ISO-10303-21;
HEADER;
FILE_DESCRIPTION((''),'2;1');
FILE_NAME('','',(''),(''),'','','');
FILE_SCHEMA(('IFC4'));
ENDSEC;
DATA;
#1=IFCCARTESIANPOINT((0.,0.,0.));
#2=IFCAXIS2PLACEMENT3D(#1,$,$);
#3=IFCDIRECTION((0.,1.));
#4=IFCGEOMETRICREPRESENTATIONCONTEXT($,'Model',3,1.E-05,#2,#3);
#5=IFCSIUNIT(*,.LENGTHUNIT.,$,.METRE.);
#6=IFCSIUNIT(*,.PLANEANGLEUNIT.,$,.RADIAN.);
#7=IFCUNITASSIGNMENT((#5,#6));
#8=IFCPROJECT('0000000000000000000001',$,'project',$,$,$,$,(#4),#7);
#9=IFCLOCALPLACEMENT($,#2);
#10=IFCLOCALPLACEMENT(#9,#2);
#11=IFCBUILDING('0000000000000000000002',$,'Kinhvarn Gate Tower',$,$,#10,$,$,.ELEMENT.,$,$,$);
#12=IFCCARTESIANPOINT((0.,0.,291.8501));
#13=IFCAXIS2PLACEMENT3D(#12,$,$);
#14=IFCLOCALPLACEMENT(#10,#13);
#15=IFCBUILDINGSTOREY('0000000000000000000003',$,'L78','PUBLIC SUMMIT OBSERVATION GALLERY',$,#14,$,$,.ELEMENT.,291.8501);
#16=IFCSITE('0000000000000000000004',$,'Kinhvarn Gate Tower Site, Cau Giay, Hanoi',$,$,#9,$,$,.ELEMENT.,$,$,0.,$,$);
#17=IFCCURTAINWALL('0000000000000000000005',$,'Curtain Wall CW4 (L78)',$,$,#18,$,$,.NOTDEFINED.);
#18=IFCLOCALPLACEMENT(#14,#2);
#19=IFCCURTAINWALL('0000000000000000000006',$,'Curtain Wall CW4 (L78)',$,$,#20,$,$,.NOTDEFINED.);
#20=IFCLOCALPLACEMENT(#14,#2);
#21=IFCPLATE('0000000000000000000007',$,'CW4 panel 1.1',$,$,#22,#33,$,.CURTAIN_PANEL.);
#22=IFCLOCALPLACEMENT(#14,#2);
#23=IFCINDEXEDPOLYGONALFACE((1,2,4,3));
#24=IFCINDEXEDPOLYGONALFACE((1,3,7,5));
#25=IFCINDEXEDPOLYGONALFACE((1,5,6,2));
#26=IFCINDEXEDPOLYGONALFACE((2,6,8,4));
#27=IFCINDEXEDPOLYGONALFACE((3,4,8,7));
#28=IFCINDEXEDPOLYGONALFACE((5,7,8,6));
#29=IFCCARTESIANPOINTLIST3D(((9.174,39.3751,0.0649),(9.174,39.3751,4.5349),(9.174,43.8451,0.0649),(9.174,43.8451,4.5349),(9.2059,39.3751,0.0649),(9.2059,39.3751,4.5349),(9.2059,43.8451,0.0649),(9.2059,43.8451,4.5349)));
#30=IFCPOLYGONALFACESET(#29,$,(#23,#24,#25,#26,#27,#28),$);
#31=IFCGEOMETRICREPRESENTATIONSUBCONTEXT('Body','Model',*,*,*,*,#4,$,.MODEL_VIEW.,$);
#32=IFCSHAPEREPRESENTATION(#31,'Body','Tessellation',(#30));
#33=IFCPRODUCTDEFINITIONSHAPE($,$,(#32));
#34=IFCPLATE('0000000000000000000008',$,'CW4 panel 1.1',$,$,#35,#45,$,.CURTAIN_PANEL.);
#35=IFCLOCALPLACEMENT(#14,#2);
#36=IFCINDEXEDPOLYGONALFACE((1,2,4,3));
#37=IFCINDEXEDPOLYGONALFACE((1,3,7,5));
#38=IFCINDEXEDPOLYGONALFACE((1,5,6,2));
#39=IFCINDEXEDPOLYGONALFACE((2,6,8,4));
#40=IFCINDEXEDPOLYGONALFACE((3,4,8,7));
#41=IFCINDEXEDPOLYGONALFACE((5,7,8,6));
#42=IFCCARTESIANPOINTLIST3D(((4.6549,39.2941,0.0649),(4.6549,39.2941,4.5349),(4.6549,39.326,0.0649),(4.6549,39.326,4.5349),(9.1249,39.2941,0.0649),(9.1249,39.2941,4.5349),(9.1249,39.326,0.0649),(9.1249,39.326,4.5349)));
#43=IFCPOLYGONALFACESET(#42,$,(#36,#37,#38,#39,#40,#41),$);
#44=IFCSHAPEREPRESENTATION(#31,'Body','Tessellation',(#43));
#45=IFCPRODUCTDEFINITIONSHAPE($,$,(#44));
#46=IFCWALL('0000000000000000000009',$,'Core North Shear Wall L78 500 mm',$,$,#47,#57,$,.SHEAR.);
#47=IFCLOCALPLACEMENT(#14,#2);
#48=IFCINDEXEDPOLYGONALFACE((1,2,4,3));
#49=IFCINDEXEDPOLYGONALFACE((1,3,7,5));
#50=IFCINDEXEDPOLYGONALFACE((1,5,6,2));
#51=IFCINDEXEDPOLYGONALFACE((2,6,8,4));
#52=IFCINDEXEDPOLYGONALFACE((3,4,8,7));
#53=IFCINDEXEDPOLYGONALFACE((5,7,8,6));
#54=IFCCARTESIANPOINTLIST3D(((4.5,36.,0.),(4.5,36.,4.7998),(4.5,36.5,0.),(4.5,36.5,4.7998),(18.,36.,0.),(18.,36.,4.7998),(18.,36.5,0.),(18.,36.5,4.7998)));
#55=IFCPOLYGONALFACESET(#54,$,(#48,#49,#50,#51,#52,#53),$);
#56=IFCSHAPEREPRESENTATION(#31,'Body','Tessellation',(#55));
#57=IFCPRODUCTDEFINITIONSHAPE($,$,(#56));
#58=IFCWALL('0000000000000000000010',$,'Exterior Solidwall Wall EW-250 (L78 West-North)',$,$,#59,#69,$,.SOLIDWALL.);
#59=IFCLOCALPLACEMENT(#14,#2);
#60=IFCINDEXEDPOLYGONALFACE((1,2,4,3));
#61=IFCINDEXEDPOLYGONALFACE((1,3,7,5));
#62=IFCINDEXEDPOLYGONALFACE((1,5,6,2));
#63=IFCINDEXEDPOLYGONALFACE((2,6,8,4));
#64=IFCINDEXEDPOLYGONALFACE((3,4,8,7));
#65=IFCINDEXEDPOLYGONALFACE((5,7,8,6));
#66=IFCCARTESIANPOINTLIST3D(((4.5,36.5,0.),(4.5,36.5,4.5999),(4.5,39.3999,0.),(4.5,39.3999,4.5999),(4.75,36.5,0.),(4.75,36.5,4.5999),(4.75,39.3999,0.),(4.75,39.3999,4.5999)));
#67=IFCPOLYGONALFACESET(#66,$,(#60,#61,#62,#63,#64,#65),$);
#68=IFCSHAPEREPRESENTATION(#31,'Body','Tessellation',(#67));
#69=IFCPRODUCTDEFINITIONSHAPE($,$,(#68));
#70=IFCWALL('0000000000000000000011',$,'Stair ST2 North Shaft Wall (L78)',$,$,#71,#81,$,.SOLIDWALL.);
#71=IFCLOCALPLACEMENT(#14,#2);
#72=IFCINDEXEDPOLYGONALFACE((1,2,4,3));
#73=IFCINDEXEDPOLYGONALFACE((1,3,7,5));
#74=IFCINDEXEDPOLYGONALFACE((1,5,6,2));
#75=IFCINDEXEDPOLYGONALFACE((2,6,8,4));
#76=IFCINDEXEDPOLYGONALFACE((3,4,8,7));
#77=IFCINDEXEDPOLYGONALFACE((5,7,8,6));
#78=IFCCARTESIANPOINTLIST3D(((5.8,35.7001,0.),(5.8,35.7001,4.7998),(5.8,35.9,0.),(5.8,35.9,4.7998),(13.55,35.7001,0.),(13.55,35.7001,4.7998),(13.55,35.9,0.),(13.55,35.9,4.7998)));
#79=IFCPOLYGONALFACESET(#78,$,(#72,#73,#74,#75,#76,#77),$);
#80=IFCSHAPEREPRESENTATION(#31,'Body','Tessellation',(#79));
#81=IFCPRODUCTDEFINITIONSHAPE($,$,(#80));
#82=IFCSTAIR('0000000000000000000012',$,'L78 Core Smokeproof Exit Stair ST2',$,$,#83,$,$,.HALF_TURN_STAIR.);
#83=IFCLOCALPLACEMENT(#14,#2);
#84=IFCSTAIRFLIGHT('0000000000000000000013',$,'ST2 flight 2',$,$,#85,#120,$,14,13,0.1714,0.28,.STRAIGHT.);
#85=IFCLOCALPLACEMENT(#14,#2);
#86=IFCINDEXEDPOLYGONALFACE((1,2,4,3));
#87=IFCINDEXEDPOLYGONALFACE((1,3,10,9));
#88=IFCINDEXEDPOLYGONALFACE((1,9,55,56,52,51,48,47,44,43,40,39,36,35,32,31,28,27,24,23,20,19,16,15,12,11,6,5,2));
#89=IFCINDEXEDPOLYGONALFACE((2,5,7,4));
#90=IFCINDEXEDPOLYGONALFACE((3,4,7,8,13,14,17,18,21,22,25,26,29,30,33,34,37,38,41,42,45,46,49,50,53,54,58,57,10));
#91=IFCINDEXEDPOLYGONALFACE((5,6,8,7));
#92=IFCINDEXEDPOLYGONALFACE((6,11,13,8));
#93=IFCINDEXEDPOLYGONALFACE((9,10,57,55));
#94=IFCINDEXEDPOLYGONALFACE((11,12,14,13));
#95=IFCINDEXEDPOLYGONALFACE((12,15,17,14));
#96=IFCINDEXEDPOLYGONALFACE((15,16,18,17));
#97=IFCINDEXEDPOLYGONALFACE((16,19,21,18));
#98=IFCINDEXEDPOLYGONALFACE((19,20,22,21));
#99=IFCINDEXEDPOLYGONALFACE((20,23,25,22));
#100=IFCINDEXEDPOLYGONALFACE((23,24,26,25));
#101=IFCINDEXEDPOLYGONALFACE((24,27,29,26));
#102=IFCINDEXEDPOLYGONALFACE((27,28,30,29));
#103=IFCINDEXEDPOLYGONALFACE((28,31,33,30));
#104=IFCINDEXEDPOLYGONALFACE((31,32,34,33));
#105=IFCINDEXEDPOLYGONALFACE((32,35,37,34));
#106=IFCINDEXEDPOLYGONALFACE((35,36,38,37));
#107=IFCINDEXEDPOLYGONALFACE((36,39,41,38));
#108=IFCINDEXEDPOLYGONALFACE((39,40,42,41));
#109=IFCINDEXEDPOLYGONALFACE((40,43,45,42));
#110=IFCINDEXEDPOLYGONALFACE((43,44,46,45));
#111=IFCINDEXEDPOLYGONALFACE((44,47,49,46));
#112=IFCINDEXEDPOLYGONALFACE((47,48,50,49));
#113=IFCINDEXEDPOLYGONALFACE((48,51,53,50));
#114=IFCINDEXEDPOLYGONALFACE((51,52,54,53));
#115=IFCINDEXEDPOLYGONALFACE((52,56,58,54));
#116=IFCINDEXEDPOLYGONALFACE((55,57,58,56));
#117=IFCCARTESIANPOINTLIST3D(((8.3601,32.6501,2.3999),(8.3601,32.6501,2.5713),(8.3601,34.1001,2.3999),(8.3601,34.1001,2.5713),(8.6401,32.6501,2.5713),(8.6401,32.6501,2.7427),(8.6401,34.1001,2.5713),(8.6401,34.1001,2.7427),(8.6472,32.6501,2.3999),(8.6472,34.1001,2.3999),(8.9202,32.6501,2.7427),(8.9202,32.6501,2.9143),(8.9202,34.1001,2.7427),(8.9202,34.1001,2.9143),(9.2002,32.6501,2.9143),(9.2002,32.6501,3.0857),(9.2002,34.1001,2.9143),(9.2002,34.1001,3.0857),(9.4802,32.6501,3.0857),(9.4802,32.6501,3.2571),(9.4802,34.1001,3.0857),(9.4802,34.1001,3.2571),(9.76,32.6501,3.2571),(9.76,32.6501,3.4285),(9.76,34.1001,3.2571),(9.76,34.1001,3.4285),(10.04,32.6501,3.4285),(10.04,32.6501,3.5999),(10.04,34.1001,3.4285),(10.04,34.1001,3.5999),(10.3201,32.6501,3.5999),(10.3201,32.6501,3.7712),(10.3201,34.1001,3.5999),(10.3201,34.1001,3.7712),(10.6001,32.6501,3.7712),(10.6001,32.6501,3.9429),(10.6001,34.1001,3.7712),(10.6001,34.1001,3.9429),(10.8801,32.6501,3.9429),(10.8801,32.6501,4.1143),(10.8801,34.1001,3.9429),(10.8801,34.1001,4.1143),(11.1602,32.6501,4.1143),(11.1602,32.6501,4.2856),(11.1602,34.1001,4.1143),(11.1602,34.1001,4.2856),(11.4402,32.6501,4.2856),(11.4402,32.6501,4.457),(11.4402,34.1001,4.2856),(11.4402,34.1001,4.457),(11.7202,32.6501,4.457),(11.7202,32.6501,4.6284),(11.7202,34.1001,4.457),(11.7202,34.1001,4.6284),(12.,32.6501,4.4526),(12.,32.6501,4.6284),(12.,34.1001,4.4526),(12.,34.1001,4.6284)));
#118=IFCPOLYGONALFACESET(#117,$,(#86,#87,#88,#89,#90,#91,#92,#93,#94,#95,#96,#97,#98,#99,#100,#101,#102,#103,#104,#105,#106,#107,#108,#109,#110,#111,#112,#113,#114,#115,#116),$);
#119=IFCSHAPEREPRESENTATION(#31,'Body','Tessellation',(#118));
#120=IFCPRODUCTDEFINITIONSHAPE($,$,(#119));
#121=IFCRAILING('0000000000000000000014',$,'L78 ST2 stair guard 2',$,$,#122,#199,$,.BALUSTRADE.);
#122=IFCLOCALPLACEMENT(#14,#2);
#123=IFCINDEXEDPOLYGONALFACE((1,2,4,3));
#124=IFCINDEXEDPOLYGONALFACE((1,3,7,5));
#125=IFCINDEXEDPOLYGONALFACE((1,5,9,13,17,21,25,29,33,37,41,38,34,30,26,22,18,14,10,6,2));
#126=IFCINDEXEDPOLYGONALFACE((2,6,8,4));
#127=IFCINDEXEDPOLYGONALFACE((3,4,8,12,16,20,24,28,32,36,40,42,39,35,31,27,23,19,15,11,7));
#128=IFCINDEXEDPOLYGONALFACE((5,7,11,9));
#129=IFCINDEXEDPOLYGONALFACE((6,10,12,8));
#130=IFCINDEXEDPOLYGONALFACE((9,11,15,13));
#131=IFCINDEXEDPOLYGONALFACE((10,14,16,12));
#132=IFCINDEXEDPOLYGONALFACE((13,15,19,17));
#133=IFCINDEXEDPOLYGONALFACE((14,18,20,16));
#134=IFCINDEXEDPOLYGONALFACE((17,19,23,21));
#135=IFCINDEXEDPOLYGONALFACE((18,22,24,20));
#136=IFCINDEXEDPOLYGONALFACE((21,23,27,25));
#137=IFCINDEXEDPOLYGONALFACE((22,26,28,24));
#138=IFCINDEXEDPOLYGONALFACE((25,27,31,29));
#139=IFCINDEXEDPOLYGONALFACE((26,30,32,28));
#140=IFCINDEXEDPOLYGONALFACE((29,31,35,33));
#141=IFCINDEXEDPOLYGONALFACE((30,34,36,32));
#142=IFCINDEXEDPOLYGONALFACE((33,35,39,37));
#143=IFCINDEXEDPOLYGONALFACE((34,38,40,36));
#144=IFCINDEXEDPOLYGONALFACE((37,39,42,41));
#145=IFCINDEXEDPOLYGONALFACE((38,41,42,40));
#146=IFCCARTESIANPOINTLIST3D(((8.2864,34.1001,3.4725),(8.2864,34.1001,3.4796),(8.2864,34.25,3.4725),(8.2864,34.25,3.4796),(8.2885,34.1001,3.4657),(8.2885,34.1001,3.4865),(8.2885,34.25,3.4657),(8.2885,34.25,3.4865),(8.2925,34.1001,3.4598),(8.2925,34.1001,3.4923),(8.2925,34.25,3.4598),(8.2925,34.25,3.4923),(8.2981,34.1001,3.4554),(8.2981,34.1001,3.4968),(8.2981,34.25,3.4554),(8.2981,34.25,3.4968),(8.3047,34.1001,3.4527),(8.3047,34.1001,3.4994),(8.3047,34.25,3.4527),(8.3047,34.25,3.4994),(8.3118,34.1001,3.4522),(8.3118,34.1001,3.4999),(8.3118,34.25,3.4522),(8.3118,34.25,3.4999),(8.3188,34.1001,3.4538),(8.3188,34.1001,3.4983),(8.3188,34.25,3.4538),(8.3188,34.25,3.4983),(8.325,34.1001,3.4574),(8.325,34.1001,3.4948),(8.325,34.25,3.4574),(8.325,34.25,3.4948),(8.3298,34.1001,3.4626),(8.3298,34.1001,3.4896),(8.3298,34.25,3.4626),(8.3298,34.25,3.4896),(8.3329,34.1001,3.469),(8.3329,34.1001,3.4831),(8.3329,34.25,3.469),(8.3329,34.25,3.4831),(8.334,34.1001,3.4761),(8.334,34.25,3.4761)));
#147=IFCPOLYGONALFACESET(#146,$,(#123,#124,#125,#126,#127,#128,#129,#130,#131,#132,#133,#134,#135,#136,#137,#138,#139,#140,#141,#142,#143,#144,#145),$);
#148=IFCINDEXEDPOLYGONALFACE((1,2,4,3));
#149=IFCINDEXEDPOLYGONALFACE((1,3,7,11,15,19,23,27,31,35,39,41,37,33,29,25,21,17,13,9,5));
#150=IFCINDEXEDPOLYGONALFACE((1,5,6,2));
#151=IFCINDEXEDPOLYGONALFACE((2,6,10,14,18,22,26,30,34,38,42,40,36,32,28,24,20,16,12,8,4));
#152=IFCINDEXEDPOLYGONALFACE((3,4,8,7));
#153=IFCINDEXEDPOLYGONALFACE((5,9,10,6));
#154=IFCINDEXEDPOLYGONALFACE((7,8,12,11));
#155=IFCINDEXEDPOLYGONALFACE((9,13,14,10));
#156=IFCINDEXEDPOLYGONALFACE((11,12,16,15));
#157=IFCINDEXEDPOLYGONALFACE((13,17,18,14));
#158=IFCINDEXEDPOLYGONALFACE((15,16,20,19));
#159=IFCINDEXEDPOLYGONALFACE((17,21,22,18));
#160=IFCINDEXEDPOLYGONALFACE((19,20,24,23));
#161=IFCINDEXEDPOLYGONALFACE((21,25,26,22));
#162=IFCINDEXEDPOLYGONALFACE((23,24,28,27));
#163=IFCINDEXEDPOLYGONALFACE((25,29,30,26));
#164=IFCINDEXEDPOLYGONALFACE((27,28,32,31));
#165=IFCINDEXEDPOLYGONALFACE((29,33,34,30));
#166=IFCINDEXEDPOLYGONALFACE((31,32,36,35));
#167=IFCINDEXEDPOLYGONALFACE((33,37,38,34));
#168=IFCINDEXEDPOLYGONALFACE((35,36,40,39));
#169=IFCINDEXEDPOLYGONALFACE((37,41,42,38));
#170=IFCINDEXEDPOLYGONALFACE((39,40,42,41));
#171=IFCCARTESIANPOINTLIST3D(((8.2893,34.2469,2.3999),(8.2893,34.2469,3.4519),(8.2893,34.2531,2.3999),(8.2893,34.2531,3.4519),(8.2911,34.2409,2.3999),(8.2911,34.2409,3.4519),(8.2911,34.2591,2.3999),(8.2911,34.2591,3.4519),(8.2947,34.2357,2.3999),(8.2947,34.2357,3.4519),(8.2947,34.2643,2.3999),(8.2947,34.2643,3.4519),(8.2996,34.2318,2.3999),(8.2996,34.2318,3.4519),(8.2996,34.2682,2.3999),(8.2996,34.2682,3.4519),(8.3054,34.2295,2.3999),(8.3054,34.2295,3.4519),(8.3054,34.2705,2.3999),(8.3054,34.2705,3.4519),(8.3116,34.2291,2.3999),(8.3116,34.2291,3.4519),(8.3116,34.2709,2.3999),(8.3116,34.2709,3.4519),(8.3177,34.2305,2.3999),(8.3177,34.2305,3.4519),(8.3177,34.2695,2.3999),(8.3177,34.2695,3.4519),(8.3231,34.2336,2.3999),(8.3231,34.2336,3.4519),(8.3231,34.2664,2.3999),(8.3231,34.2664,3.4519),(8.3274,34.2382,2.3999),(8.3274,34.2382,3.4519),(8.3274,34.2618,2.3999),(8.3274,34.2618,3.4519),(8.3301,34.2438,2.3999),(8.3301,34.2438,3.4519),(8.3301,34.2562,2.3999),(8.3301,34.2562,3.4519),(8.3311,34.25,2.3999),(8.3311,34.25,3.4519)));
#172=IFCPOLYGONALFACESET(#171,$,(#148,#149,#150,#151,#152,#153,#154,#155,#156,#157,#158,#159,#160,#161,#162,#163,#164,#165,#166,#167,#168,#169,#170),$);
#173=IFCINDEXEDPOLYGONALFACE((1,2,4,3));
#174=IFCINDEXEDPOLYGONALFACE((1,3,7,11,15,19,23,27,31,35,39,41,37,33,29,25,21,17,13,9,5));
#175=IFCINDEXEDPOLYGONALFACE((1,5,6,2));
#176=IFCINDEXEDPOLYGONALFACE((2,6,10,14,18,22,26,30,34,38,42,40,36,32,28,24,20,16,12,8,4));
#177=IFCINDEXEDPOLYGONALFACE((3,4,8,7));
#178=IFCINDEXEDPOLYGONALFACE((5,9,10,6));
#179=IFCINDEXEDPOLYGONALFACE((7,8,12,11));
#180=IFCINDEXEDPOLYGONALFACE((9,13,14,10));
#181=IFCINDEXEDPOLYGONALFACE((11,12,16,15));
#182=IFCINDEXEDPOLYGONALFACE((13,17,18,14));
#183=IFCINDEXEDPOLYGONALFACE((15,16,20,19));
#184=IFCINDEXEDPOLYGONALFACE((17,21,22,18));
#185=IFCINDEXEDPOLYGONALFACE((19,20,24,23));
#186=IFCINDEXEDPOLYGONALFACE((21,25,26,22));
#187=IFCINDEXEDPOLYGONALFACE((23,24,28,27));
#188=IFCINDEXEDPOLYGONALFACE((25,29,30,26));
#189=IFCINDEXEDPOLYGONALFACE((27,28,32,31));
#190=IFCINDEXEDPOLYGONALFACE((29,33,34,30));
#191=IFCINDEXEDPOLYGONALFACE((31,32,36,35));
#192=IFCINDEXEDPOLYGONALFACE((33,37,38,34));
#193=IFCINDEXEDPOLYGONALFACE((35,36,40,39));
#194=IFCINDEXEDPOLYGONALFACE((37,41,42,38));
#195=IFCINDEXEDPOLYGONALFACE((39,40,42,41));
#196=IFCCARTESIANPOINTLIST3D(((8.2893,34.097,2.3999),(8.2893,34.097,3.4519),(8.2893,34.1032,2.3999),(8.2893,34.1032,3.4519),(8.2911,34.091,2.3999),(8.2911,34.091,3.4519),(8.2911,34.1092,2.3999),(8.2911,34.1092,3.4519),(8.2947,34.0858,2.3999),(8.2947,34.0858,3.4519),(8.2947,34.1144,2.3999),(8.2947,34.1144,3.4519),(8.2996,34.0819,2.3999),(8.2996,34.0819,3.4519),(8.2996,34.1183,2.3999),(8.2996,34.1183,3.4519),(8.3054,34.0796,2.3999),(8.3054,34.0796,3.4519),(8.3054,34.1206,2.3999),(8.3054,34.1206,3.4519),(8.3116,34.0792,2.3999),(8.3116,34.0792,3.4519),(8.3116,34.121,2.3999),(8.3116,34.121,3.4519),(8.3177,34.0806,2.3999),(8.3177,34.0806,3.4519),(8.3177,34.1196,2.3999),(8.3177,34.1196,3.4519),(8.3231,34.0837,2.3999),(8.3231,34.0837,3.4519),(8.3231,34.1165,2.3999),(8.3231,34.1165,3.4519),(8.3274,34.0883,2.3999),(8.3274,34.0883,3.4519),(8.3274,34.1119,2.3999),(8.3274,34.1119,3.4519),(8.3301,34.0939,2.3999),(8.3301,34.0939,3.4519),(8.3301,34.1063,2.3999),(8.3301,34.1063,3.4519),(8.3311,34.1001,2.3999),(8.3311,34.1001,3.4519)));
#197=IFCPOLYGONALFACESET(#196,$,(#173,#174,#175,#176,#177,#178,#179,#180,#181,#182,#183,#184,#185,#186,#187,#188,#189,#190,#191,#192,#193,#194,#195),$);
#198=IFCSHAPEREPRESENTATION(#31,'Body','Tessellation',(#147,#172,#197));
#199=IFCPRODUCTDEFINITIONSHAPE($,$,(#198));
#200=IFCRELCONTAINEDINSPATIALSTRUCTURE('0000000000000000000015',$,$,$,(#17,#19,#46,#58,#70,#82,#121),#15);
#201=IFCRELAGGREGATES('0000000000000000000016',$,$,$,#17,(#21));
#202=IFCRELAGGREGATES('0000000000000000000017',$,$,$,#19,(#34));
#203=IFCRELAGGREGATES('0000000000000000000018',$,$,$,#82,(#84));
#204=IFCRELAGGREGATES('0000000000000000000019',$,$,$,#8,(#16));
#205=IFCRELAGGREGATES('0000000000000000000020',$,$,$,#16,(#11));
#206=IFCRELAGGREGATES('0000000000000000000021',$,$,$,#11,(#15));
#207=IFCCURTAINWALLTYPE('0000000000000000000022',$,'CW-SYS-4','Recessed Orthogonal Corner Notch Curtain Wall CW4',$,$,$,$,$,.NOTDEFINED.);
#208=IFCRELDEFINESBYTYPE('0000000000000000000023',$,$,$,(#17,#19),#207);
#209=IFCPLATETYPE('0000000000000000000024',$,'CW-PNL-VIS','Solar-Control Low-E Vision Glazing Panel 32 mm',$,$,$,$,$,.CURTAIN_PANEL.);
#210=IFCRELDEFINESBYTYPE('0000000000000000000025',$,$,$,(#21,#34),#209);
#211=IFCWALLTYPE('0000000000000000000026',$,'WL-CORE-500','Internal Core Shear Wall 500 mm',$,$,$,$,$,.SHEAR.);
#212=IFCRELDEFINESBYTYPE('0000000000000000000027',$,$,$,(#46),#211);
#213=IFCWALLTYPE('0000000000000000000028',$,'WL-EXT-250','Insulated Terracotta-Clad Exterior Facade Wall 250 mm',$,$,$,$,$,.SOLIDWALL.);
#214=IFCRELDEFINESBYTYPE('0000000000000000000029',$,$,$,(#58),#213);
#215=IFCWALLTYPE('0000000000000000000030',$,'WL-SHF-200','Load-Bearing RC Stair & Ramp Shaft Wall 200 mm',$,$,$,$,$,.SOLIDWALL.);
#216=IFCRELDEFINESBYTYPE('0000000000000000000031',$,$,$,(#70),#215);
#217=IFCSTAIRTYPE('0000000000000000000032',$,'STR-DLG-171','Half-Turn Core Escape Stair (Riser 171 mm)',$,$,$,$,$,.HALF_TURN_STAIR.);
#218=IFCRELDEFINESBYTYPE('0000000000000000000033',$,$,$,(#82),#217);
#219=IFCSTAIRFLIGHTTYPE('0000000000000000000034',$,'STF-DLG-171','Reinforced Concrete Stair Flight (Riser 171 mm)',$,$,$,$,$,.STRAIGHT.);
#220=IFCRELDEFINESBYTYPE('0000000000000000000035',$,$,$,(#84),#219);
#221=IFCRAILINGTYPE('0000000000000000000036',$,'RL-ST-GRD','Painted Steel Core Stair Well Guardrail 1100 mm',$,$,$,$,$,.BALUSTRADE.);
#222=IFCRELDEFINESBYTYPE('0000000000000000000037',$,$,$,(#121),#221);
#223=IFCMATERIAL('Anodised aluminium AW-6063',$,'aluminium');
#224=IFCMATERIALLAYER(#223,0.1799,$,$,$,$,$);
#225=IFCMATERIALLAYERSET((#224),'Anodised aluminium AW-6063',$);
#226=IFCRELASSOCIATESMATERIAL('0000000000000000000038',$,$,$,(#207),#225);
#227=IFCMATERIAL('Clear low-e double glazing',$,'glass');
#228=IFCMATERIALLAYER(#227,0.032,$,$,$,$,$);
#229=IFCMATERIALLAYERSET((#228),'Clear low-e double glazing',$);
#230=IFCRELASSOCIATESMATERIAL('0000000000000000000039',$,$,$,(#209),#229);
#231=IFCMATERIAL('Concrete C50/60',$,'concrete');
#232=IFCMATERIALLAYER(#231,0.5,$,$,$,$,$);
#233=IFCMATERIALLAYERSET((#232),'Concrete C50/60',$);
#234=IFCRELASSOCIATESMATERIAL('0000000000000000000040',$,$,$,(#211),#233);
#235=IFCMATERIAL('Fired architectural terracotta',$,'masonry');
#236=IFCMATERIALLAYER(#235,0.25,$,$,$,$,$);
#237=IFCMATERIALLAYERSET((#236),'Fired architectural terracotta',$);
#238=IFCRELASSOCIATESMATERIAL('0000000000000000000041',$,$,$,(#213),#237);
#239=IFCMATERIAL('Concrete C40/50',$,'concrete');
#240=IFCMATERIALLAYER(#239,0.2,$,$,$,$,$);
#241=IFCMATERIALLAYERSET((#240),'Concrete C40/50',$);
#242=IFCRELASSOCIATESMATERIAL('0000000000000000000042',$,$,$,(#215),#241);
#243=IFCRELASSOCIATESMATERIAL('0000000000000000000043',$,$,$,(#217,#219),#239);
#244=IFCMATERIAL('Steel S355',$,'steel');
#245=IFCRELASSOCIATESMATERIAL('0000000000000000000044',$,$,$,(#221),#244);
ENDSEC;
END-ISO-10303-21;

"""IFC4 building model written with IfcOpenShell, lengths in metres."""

from ifc_helpers import new_model, si_unit, direction, frame, frame_2d, origin, origin_2d, place, context, subcontext, project, spatial, polyline, rectangle, circle, outline, extrude, material, layer, layer_set, type_object, element, aggregate, save


model = new_model("IFC4")

# Units and contexts
model_context = context("Model", 3, precision=1e-05, world=origin(), true_north=direction((0.0, 1.0)))
body_context = subcontext(model_context, "Body", "Model", "MODEL_VIEW")
ifc_project = project(units=[si_unit("LENGTHUNIT", "METRE"), si_unit("PLANEANGLEUNIT", "RADIAN")], contexts=[model_context])

# Site, building, storey
site_placement = place(None, origin())
site = spatial("IfcSite", under=ifc_project, at=site_placement, Name="Kinhvarn Gate Tower Site, Cau Giay, Hanoi", CompositionType="ELEMENT", RefElevation=0.0)
building_placement = place(site_placement, origin())
building = spatial("IfcBuilding", under=site, at=building_placement, Name="Kinhvarn Gate Tower", CompositionType="ELEMENT")
storey_placement = place(building_placement, frame((0.0, 0.0, 291.8501)))
storey = spatial("IfcBuildingStorey", under=building, at=storey_placement, Name="L78", Description="PUBLIC SUMMIT OBSERVATION GALLERY", CompositionType="ELEMENT", Elevation=291.8501)

# Shared definitions
ifc_material_1 = material(Name="Concrete C50/60", Category="concrete")

# Curtain walls
ifc_material_2 = material(Name="Anodised aluminium AW-6063", Category="aluminium")
ifc_layer_1 = layer(ifc_material_2, 0.1799)
ifc_layer_set_1 = layer_set([ifc_layer_1], Name="Anodised aluminium AW-6063")
curtain_wall_type_1 = type_object("IfcCurtainWallType", Name="CW-SYS-4", Description="Recessed Orthogonal Corner Notch Curtain Wall CW4", PredefinedType="NOTDEFINED", material=ifc_layer_set_1)
curtain_wall_1_placement = place(storey_placement, origin())
curtain_wall_1 = element("IfcCurtainWall", 1, at=curtain_wall_1_placement, inside=storey, type_object=curtain_wall_type_1, Name="Curtain Wall CW4 (L78)", PredefinedType="NOTDEFINED")
curtain_wall_2_placement = place(storey_placement, origin())
curtain_wall_2 = element("IfcCurtainWall", 2, at=curtain_wall_2_placement, inside=storey, type_object=curtain_wall_type_1, Name="Curtain Wall CW4 (L78)", PredefinedType="NOTDEFINED")

# Shared definitions
ifc_material_3 = material(Name="Steel S355", Category="steel")

# Plates
ifc_material_4 = material(Name="Clear low-e double glazing", Category="glass")
ifc_layer_2 = layer(ifc_material_4, 0.032)
ifc_layer_set_2 = layer_set([ifc_layer_2], Name="Clear low-e double glazing")
plate_type = type_object("IfcPlateType", Name="CW-PNL-VIS", Description="Solar-Control Low-E Vision Glazing Panel 32 mm", PredefinedType="CURTAIN_PANEL", material=ifc_layer_set_2)
plate_1_placement = place(storey_placement, frame((9.1899, 41.6101, 0.0649), z_axis=(0.0, 0.0, 1.0), x_axis=(0.0, -1.0, 0.0)))
plate_1 = element("IfcPlate", 3, at=plate_1_placement, type_object=plate_type, Name="CW4 panel 1.1", PredefinedType="CURTAIN_PANEL", context=body_context, shape_type="SweptSolid", body=[
    extrude(rectangle(XDim=4.47, YDim=0.032, at=origin_2d()), origin(), (0.0, 0.0, 1.0), 4.47),
])
aggregate(curtain_wall_1, [plate_1])
plate_2_placement = place(storey_placement, frame((6.8899, 39.3101, 0.0649), z_axis=(0.0, 0.0, 1.0), x_axis=(-1.0, 0.0, 0.0)))
plate_2 = element("IfcPlate", 4, at=plate_2_placement, type_object=plate_type, Name="CW4 panel 1.1", PredefinedType="CURTAIN_PANEL", context=body_context, shape_type="SweptSolid", body=[
    extrude(rectangle(XDim=4.47, YDim=0.032, at=origin_2d()), origin(), (0.0, 0.0, 1.0), 4.47),
])
aggregate(curtain_wall_2, [plate_2])

# Walls
ifc_layer_3 = layer(ifc_material_1, 0.5)
ifc_layer_set_3 = layer_set([ifc_layer_3], Name="Concrete C50/60")
wall_type_1 = type_object("IfcWallType", Name="WL-CORE-500", Description="Internal Core Shear Wall 500 mm", PredefinedType="SHEAR", material=ifc_layer_set_3)
wall_1_placement = place(storey_placement, frame((4.5, 36.25, 0.0), z_axis=(0.0, 0.0, 1.0), x_axis=(1.0, 0.0, 0.0)))
element("IfcWall", 5, at=wall_1_placement, inside=storey, type_object=wall_type_1, Name="Core North Shear Wall L78 500 mm", PredefinedType="SHEAR", context=body_context, shape_type="SweptSolid", body=[
    extrude(rectangle(XDim=13.5, YDim=0.5, at=frame_2d((6.75, 0.0))), origin(), (0.0, 0.0, 1.0), 4.7998),
])
ifc_material_5 = material(Name="Fired architectural terracotta", Category="masonry")
ifc_layer_4 = layer(ifc_material_5, 0.25)
ifc_layer_set_4 = layer_set([ifc_layer_4], Name="Fired architectural terracotta")
wall_type_2 = type_object("IfcWallType", Name="WL-EXT-250", Description="Insulated Terracotta-Clad Exterior Facade Wall 250 mm", PredefinedType="SOLIDWALL", material=ifc_layer_set_4)
wall_2_placement = place(storey_placement, frame((4.625, 39.3999, 0.0), z_axis=(0.0, 0.0, 1.0), x_axis=(0.0, -1.0, 0.0)))
element("IfcWall", 6, at=wall_2_placement, inside=storey, type_object=wall_type_2, Name="Exterior Solidwall Wall EW-250 (L78 West-North)", PredefinedType="SOLIDWALL", context=body_context, shape_type="SweptSolid", body=[
    extrude(rectangle(XDim=2.8999, YDim=0.25, at=frame_2d((1.45, 0.0))), origin(), (0.0, 0.0, 1.0), 4.5999),
])
ifc_material_6 = material(Name="Concrete C40/50", Category="concrete")
ifc_layer_5 = layer(ifc_material_6, 0.2)
ifc_layer_set_5 = layer_set([ifc_layer_5], Name="Concrete C40/50")
wall_type_3 = type_object("IfcWallType", Name="WL-SHF-200", Description="Load-Bearing RC Stair & Ramp Shaft Wall 200 mm", PredefinedType="SOLIDWALL", material=ifc_layer_set_5)
wall_3_placement = place(storey_placement, frame((5.8, 35.8, 0.0), z_axis=(0.0, 0.0, 1.0), x_axis=(1.0, 0.0, 0.0)))
element("IfcWall", 7, at=wall_3_placement, inside=storey, type_object=wall_type_3, Name="Stair ST2 North Shaft Wall (L78)", PredefinedType="SOLIDWALL", context=body_context, shape_type="SweptSolid", body=[
    extrude(rectangle(XDim=7.75, YDim=0.2, at=frame_2d((3.875, 0.0))), origin(), (0.0, 0.0, 1.0), 4.7998),
])

# Stair, stair flight
stair_type = type_object("IfcStairType", Name="STR-DLG-171", Description="Half-Turn Core Escape Stair (Riser 171 mm)", PredefinedType="HALF_TURN_STAIR", material=ifc_material_6)
stair_placement = place(storey_placement, origin())
stair = element("IfcStair", 8, at=stair_placement, inside=storey, type_object=stair_type, Name="L78 Core Smokeproof Exit Stair ST2", PredefinedType="HALF_TURN_STAIR")
stair_flight_type = type_object("IfcStairFlightType", Name="STF-DLG-171", Description="Reinforced Concrete Stair Flight (Riser 171 mm)", PredefinedType="STRAIGHT", material=ifc_material_6)
stair_flight_placement = place(storey_placement, frame((8.3601, 33.375, 2.3999), z_axis=(0.0, 0.0, 1.0), x_axis=(1.0, 0.0, 0.0)))
stair_flight = element("IfcStairFlight", 9, at=stair_flight_placement, type_object=stair_flight_type, Name="ST2 flight 2", NumberOfRisers=14, NumberOfTreads=13, PredefinedType="STRAIGHT", RiserHeight=0.1714, TreadLength=0.28, context=body_context, shape_type="SweptSolid", body=[
    extrude(outline(polyline([(0.0, 0.0), (0.0, 0.1714), (0.28, 0.1714), (0.28, 0.3428), (0.5601, 0.3428), (0.5601, 0.5144), (0.8401, 0.5144), (0.8401, 0.6858), (1.1201, 0.6858), (1.1201, 0.8572), (1.3999, 0.8572), (1.3999, 1.0286), (1.6799, 1.0286), (1.6799, 1.2), (1.96, 1.2), (1.96, 1.3713), (2.24, 1.3713), (2.24, 1.543), (2.52, 1.543), (2.52, 1.7144), (2.8, 1.7144), (2.8, 1.8857), (3.0801, 1.8857), (3.0801, 2.0571), (3.3601, 2.0571), (3.3601, 2.2285), (3.6399, 2.2285), (3.6399, 2.3999), (3.6399, 2.0527), (0.2871, 0.0), (0.0, 0.0)])), frame((0.0, 0.7251, 0.0), z_axis=(0.0, -1.0, 0.0), x_axis=(1.0, 0.0, 0.0)), (0.0, 0.0, 1.0), 1.45),
])
aggregate(stair, [stair_flight])

# Railing
railing_type = type_object("IfcRailingType", Name="RL-ST-GRD", Description="Painted Steel Core Stair Well Guardrail 1100 mm", PredefinedType="BALUSTRADE", material=ifc_material_3)
railing_1_placement = place(storey_placement, frame((8.3101, 34.25, 2.3999)))
element("IfcRailing", 10, at=railing_1_placement, inside=storey, type_object=railing_type, Name="L78 ST2 stair guard 2", PredefinedType="BALUSTRADE", context=body_context, shape_type="SweptSolid", body=[
    extrude(circle(Radius=0.0239, at=origin_2d()), frame((0.0, 0.0, 1.0762), z_axis=(0.0, -1.0, 0.0), x_axis=(1.0, 0.0, 0.0)), (0.0, 0.0, 1.0), 0.1499),
    extrude(circle(Radius=0.021, at=origin_2d()), origin(), (0.0, 0.0, 1.0), 1.052),
    extrude(circle(Radius=0.021, at=origin_2d()), frame((0.0, -0.1499, 0.0)), (0.0, 0.0, 1.0), 1.052),
])

save(model, "model.ifc")
